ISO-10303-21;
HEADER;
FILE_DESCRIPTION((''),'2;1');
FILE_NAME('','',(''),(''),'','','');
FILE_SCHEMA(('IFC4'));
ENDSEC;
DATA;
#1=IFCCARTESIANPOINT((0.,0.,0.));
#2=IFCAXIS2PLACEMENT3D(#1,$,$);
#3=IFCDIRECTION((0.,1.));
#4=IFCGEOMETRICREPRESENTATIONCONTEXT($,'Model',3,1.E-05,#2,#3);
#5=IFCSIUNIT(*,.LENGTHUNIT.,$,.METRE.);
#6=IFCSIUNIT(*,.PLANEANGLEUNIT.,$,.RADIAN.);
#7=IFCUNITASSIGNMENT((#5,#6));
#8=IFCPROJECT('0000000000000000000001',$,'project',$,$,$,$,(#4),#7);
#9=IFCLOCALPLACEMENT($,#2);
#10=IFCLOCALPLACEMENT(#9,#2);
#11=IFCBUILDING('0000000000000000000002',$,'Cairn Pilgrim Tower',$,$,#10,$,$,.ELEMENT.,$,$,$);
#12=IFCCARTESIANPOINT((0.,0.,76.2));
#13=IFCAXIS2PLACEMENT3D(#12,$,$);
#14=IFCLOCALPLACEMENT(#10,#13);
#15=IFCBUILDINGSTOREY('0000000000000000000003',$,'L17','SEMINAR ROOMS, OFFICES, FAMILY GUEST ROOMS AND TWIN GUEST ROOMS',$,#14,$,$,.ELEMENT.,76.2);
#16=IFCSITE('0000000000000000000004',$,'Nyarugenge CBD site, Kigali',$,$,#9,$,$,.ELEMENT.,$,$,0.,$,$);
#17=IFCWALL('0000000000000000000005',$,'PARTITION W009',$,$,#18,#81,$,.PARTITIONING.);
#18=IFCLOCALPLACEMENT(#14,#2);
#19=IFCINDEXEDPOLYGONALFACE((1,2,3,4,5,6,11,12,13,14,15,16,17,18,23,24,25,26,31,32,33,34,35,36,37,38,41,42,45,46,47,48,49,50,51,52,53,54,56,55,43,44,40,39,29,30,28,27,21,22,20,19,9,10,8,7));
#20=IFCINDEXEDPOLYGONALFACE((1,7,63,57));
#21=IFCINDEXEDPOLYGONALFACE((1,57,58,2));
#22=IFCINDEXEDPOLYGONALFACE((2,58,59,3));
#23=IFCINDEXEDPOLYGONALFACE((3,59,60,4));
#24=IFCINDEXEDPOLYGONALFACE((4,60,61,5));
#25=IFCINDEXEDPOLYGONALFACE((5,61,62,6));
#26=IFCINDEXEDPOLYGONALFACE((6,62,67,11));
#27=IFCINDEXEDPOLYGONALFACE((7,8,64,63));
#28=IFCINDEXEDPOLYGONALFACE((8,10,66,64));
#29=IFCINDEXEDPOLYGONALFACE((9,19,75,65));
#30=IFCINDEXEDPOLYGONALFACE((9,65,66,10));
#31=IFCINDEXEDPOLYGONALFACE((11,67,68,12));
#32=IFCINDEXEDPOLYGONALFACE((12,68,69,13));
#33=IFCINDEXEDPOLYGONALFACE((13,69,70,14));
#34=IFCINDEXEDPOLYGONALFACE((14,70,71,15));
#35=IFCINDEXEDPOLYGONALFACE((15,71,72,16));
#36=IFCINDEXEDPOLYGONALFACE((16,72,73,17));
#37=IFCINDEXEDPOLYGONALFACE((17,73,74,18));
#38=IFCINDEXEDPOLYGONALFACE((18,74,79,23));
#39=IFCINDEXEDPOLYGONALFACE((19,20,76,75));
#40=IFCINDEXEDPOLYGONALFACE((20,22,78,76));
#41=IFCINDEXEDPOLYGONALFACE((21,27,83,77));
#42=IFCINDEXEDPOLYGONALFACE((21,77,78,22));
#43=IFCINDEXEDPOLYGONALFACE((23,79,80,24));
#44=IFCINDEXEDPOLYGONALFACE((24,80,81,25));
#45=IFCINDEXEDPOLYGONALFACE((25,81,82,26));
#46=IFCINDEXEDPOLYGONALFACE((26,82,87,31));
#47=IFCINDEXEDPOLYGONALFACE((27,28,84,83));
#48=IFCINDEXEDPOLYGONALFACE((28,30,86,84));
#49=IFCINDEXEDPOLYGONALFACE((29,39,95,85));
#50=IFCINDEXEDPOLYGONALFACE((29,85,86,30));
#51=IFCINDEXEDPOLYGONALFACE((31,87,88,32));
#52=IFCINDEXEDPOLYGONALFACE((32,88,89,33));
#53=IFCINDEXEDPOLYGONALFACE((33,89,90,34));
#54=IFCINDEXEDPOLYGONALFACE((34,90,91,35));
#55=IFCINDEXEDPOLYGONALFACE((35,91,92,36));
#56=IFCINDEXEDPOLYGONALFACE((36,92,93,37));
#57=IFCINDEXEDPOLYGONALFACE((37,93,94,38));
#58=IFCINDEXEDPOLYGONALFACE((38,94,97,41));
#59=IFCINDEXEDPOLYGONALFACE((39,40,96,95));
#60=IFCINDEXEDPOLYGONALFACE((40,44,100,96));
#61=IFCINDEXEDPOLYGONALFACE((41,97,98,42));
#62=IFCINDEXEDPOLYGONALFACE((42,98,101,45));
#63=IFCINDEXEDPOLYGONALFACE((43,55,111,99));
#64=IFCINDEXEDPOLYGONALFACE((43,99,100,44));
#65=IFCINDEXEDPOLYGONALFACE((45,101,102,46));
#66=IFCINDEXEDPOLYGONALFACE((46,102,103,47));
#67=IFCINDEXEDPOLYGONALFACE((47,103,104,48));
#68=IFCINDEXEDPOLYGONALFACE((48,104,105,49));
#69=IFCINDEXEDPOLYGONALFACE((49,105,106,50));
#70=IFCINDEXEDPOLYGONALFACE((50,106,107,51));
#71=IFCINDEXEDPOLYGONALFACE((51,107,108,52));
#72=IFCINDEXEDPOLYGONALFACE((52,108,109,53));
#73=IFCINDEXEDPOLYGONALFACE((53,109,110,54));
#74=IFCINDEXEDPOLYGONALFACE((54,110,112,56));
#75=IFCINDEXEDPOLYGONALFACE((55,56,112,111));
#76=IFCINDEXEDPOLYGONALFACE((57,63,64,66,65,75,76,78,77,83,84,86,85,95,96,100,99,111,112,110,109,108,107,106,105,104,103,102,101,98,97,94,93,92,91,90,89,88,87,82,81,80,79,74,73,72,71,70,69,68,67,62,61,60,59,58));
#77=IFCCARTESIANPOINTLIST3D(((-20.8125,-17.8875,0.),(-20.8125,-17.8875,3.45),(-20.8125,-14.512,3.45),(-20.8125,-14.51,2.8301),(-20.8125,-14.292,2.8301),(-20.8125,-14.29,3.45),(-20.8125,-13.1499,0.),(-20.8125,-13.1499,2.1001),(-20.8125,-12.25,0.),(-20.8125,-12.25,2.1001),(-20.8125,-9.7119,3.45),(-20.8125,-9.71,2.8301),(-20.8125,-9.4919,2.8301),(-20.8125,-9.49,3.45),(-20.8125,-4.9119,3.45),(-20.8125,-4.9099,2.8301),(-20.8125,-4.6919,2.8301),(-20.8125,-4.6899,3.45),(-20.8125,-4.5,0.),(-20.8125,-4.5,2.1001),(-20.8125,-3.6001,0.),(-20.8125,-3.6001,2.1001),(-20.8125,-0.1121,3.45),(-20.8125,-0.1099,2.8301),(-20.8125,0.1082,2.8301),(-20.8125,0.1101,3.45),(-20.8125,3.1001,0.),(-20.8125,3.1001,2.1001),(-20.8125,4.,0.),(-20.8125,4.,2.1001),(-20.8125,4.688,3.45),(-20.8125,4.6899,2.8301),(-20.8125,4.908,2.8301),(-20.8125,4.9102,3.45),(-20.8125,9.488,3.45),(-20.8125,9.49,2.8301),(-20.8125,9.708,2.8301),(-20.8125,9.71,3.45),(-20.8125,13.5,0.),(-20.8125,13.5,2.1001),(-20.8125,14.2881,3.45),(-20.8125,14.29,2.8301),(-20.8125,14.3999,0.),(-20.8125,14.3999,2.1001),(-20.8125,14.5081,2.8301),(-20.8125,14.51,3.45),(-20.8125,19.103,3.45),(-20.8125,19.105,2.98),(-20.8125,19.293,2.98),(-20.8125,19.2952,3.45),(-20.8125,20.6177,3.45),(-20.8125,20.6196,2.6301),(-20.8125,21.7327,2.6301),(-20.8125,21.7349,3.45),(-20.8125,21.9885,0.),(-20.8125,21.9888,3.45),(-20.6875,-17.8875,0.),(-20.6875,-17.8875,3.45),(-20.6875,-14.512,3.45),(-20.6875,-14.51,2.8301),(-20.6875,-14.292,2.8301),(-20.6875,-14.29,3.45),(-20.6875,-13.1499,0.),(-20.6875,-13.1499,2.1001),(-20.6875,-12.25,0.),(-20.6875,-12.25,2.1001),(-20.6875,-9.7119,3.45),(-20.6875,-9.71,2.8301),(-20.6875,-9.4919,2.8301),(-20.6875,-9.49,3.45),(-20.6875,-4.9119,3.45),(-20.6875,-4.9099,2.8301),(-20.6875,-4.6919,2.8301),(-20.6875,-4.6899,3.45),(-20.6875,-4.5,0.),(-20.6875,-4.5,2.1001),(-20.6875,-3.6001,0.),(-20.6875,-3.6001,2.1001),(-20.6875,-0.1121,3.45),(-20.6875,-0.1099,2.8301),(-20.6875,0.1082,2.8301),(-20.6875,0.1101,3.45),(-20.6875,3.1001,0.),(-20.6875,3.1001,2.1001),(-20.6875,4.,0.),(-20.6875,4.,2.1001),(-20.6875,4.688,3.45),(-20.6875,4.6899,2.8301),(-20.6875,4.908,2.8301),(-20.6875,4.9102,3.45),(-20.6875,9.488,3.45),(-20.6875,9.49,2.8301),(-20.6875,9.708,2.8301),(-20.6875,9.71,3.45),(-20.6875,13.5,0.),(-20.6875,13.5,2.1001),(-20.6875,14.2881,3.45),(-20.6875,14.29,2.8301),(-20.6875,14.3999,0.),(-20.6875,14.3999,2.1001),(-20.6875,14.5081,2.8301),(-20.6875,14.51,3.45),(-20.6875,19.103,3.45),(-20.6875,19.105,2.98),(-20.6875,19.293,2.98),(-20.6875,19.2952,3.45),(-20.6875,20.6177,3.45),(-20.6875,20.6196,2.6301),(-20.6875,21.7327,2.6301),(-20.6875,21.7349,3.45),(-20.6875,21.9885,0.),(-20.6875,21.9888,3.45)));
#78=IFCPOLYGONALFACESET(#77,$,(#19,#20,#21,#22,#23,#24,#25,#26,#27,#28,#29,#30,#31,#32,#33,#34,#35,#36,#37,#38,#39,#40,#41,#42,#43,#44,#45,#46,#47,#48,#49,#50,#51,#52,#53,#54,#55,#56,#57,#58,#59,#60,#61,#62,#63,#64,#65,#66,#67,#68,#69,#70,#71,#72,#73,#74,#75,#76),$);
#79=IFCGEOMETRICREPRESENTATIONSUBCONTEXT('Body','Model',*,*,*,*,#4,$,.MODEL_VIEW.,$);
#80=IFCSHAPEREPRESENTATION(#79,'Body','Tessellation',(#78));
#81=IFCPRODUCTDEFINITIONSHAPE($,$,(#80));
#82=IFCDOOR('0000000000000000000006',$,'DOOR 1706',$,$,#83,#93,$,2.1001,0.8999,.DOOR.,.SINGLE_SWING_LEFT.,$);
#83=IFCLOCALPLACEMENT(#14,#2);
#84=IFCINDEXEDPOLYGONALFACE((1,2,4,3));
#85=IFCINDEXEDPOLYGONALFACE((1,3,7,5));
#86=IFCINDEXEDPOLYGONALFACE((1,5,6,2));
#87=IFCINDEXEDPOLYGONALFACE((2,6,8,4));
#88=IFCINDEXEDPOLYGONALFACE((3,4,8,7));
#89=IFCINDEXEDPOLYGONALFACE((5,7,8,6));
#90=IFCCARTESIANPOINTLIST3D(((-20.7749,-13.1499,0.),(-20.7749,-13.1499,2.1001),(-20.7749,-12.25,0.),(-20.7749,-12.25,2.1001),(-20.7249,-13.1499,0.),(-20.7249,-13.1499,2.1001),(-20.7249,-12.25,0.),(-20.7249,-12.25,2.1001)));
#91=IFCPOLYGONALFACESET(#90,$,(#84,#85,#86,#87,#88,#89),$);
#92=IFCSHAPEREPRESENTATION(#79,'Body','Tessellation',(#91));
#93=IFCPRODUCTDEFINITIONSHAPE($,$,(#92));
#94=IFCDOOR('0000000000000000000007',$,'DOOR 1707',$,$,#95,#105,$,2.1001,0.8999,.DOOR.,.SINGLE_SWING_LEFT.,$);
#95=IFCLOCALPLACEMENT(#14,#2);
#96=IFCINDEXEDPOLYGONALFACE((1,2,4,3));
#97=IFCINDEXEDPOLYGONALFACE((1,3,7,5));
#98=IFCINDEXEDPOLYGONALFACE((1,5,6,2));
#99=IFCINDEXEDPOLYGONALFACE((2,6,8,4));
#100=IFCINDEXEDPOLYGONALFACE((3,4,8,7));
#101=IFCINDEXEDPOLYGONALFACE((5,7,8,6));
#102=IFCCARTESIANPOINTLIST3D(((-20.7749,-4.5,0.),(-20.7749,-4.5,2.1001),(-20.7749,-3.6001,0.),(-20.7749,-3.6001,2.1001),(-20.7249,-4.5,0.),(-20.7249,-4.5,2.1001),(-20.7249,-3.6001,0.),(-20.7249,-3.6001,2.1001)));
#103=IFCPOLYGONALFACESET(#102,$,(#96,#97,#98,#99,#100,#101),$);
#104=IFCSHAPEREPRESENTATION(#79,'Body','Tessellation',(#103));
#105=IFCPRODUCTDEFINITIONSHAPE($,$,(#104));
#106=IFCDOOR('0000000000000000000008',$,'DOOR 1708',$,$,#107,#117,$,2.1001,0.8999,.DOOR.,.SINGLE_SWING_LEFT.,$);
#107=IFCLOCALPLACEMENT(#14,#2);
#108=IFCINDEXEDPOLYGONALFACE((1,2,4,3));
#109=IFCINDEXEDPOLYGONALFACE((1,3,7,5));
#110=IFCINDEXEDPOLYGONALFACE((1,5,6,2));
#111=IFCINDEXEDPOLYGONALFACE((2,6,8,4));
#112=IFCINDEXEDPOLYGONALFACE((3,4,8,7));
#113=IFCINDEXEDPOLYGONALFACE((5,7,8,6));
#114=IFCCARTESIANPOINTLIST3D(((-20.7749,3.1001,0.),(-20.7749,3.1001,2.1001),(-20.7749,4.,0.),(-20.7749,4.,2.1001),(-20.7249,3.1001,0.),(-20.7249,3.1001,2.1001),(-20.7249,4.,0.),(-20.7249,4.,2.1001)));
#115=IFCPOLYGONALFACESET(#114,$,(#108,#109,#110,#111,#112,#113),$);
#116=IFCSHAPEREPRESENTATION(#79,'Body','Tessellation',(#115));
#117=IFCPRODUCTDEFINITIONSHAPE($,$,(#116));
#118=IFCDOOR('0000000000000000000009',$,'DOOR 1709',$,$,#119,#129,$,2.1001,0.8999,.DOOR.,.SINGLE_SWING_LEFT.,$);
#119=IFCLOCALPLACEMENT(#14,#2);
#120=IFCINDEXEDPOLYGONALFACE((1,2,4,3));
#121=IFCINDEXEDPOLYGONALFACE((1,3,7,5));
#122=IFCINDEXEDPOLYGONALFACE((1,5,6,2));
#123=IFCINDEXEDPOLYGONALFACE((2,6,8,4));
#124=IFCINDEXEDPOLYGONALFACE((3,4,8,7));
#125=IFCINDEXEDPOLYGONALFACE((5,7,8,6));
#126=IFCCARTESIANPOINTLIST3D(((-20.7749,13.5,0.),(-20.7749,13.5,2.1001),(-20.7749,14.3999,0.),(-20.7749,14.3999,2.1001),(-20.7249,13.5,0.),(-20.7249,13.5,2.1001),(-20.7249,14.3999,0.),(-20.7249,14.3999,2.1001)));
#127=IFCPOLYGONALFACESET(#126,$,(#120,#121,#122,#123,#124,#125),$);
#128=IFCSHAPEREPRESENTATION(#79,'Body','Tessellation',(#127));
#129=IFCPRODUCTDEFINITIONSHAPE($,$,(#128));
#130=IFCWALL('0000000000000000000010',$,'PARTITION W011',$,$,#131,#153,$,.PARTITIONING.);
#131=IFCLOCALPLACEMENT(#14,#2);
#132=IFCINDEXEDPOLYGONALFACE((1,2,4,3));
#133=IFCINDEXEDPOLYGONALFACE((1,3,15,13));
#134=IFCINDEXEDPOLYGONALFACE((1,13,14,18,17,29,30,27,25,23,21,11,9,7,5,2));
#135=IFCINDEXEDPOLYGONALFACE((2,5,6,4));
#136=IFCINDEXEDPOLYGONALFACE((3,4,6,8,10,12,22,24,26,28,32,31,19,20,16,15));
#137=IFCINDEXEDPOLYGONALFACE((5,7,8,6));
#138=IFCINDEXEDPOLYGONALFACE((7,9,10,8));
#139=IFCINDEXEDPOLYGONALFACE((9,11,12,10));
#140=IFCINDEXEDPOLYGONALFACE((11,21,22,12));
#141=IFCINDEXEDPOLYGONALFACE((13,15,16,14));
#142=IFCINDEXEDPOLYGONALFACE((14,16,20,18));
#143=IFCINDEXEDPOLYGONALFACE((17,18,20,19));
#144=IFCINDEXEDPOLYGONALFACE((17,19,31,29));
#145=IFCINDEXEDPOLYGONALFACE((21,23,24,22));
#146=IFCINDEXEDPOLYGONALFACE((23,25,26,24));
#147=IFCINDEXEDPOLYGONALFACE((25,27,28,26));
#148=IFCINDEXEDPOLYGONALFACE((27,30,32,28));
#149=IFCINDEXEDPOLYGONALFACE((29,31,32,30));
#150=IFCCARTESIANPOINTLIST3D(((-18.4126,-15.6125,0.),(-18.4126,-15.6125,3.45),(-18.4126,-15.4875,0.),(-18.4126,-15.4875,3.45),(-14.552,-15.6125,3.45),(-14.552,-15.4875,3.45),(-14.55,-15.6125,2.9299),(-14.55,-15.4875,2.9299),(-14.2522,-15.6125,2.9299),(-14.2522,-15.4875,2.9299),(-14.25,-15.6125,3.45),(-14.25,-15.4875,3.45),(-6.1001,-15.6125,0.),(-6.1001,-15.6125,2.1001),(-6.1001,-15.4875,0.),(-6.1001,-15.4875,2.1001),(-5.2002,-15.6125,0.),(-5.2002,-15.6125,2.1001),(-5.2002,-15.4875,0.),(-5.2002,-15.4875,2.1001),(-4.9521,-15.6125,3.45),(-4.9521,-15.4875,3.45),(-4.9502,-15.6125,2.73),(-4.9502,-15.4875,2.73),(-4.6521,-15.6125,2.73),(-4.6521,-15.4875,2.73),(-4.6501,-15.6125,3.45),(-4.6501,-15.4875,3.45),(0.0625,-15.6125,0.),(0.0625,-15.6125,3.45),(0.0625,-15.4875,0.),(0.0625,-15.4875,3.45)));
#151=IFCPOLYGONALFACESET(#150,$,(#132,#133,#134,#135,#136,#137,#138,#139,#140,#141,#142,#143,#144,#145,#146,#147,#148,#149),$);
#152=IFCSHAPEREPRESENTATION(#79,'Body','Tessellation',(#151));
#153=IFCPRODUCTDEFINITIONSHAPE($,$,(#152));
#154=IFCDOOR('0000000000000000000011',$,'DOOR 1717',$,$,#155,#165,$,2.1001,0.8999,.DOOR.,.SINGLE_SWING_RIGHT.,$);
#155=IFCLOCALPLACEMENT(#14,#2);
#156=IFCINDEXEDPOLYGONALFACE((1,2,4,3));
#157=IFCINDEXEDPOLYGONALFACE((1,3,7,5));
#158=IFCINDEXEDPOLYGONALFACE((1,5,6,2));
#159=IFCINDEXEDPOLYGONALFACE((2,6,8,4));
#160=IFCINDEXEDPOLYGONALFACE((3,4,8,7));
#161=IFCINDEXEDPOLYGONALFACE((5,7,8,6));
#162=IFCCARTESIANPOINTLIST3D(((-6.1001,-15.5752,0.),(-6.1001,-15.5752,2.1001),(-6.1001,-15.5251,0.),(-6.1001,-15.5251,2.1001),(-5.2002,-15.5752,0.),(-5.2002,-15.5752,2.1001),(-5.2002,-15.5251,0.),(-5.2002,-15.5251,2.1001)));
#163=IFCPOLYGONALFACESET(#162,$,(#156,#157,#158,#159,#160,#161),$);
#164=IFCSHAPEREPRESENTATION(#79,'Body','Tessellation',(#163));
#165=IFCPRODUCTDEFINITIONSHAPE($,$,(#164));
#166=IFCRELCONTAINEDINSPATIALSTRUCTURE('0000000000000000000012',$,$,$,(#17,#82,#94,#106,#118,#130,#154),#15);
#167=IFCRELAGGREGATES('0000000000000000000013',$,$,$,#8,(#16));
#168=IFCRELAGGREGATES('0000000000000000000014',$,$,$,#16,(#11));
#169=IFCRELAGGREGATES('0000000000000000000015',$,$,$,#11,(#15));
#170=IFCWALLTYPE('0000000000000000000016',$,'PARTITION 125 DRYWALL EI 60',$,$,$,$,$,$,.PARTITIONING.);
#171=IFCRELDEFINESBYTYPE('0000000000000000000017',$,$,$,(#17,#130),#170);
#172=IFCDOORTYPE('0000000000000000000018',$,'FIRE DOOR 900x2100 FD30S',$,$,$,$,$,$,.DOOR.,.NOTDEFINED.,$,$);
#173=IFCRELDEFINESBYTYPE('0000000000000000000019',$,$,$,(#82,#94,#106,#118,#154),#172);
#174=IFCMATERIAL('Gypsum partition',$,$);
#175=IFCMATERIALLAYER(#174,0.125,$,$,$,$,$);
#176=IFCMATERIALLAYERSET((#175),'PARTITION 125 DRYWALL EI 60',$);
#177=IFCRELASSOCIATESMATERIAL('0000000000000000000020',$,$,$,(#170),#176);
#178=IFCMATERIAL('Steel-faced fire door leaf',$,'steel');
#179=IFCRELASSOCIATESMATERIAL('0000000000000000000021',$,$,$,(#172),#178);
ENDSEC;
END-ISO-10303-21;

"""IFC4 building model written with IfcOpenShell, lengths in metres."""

from ifc_helpers import new_model, si_unit, direction, frame, frame_2d, origin, place, context, subcontext, project, spatial, polyline, rectangle, outline, extrude, material, layer, layer_set, type_object, element, fill, save


model = new_model("IFC4")

# Units and contexts
model_context = context("Model", 3, precision=1e-05, world=origin(), true_north=direction((0.0, 1.0)))
body_context = subcontext(model_context, "Body", "Model", "MODEL_VIEW")
ifc_project = project(units=[si_unit("LENGTHUNIT", "METRE"), si_unit("PLANEANGLEUNIT", "RADIAN")], contexts=[model_context])

# Site, building, storey
site_placement = place(None, origin())
site = spatial("IfcSite", under=ifc_project, at=site_placement, Name="Nyarugenge CBD site, Kigali", CompositionType="ELEMENT", RefElevation=0.0)
building_placement = place(site_placement, origin())
building = spatial("IfcBuilding", under=site, at=building_placement, Name="Cairn Pilgrim Tower", CompositionType="ELEMENT")
storey_placement = place(building_placement, frame((0.0, 0.0, 76.2)))
storey = spatial("IfcBuildingStorey", under=building, at=storey_placement, Name="L17", Description="SEMINAR ROOMS, OFFICES, FAMILY GUEST ROOMS AND TWIN GUEST ROOMS", CompositionType="ELEMENT", Elevation=76.2)

# Wall, openings, doors
ifc_material_1 = material(Name="Gypsum partition")
ifc_layer_1 = layer(ifc_material_1, 0.125)
ifc_layer_set_1 = layer_set([ifc_layer_1], Name="PARTITION 125 DRYWALL EI 60")
wall_type_1 = type_object("IfcWallType", Name="PARTITION 125 DRYWALL EI 60", PredefinedType="PARTITIONING", material=ifc_layer_set_1)
ifc_material_2 = material(Name="Steel-faced fire door leaf", Category="steel")
door_type_1 = type_object("IfcDoorType", Name="FIRE DOOR 900x2100 FD30S", OperationType="NOTDEFINED", PredefinedType="DOOR", material=ifc_material_2)
wall_1_placement = place(storey_placement, frame((-20.75, -17.8875, 0.0), z_axis=(0.0, 0.0, 1.0), x_axis=(0.0, 1.0, 0.0)))
wall_1 = element("IfcWall", 1, at=wall_1_placement, inside=storey, type_object=wall_type_1, Name="PARTITION W009", PredefinedType="PARTITIONING", context=body_context, shape_type="SweptSolid", body=[
    extrude(outline(polyline([(0.0, 0.0), (39.876, 0.0), (39.8762, 3.45), (39.6223, 3.45), (39.6201, 2.6301), (38.5071, 2.6301), (38.5051, 3.45), (37.1826, 3.45), (37.1804, 2.98), (36.9924, 2.98), (36.9905, 3.45), (32.3975, 3.45), (32.3955, 2.8301), (32.1775, 2.8301), (32.1755, 3.45), (27.5974, 3.45), (27.5955, 2.8301), (27.3774, 2.8301), (27.3755, 3.45), (22.7976, 3.45), (22.7954, 2.8301), (22.5774, 2.8301), (22.5754, 3.45), (17.9976, 3.45), (17.9956, 2.8301), (17.7776, 2.8301), (17.7754, 3.45), (13.1975, 3.45), (13.1956, 2.8301), (12.9775, 2.8301), (12.9756, 3.45), (8.3975, 3.45), (8.3955, 2.8301), (8.1775, 2.8301), (8.1755, 3.45), (3.5974, 3.45), (3.5955, 2.8301), (3.3774, 2.8301), (3.3755, 3.45), (0.0, 3.45), (0.0, 0.0)])), frame((0.0, 0.0625, 0.0), z_axis=(0.0, -1.0, 0.0), x_axis=(1.0, 0.0, 0.0)), (0.0, 0.0, 1.0), 0.125),
])
opening_1_placement = place(wall_1_placement, frame((4.7375, 0.0, 0.0)))
opening_1 = element("IfcOpeningElement", 2, at=opening_1_placement, cuts=wall_1, PredefinedType="OPENING", context=body_context, shape_type="SweptSolid", body=[
    extrude(rectangle(XDim=0.8999, YDim=2.1001, at=frame_2d((0.45, 1.05))), frame((0.0, 0.0725, 0.0), z_axis=(0.0, -1.0, 0.0), x_axis=(1.0, 0.0, 0.0)), (0.0, 0.0, 1.0), 0.145),
])
opening_2_placement = place(wall_1_placement, frame((13.3875, 0.0, 0.0)))
opening_2 = element("IfcOpeningElement", 3, at=opening_2_placement, cuts=wall_1, PredefinedType="OPENING", context=body_context, shape_type="SweptSolid", body=[
    extrude(rectangle(XDim=0.8999, YDim=2.1001, at=frame_2d((0.45, 1.05))), frame((0.0, 0.0725, 0.0), z_axis=(0.0, -1.0, 0.0), x_axis=(1.0, 0.0, 0.0)), (0.0, 0.0, 1.0), 0.145),
])
opening_3_placement = place(wall_1_placement, frame((20.9875, 0.0, 0.0)))
opening_3 = element("IfcOpeningElement", 4, at=opening_3_placement, cuts=wall_1, PredefinedType="OPENING", context=body_context, shape_type="SweptSolid", body=[
    extrude(rectangle(XDim=0.8999, YDim=2.1001, at=frame_2d((0.45, 1.05))), frame((0.0, 0.0725, 0.0), z_axis=(0.0, -1.0, 0.0), x_axis=(1.0, 0.0, 0.0)), (0.0, 0.0, 1.0), 0.145),
])
opening_4_placement = place(wall_1_placement, frame((31.3875, 0.0, 0.0)))
opening_4 = element("IfcOpeningElement", 5, at=opening_4_placement, cuts=wall_1, PredefinedType="OPENING", context=body_context, shape_type="SweptSolid", body=[
    extrude(rectangle(XDim=0.8999, YDim=2.1001, at=frame_2d((0.45, 1.05))), frame((0.0, 0.0725, 0.0), z_axis=(0.0, -1.0, 0.0), x_axis=(1.0, 0.0, 0.0)), (0.0, 0.0, 1.0), 0.145),
])
door_1_placement = place(opening_1_placement, origin())
door_1 = element("IfcDoor", 6, at=door_1_placement, inside=storey, type_object=door_type_1, Name="DOOR 1706", OperationType="SINGLE_SWING_LEFT", OverallHeight=2.1001, OverallWidth=0.8999, PredefinedType="DOOR", context=body_context, shape_type="SweptSolid", body=[
    extrude(rectangle(XDim=0.8999, YDim=2.1001, at=frame_2d((0.45, 1.05))), frame((0.0, 0.0249, 0.0), z_axis=(0.0, -1.0, 0.0), x_axis=(1.0, 0.0, 0.0)), (0.0, 0.0, 1.0), 0.05),
])
fill(opening_1, door_1)
door_2_placement = place(opening_2_placement, origin())
door_2 = element("IfcDoor", 7, at=door_2_placement, inside=storey, type_object=door_type_1, Name="DOOR 1707", OperationType="SINGLE_SWING_LEFT", OverallHeight=2.1001, OverallWidth=0.8999, PredefinedType="DOOR", context=body_context, shape_type="SweptSolid", body=[
    extrude(rectangle(XDim=0.8999, YDim=2.1001, at=frame_2d((0.45, 1.05))), frame((0.0, 0.0249, 0.0), z_axis=(0.0, -1.0, 0.0), x_axis=(1.0, 0.0, 0.0)), (0.0, 0.0, 1.0), 0.05),
])
fill(opening_2, door_2)
door_3_placement = place(opening_3_placement, origin())
door_3 = element("IfcDoor", 8, at=door_3_placement, inside=storey, type_object=door_type_1, Name="DOOR 1708", OperationType="SINGLE_SWING_LEFT", OverallHeight=2.1001, OverallWidth=0.8999, PredefinedType="DOOR", context=body_context, shape_type="SweptSolid", body=[
    extrude(rectangle(XDim=0.8999, YDim=2.1001, at=frame_2d((0.45, 1.05))), frame((0.0, 0.0249, 0.0), z_axis=(0.0, -1.0, 0.0), x_axis=(1.0, 0.0, 0.0)), (0.0, 0.0, 1.0), 0.05),
])
fill(opening_3, door_3)
door_4_placement = place(opening_4_placement, origin())
door_4 = element("IfcDoor", 9, at=door_4_placement, inside=storey, type_object=door_type_1, Name="DOOR 1709", OperationType="SINGLE_SWING_LEFT", OverallHeight=2.1001, OverallWidth=0.8999, PredefinedType="DOOR", context=body_context, shape_type="SweptSolid", body=[
    extrude(rectangle(XDim=0.8999, YDim=2.1001, at=frame_2d((0.45, 1.05))), frame((0.0, 0.0249, 0.0), z_axis=(0.0, -1.0, 0.0), x_axis=(1.0, 0.0, 0.0)), (0.0, 0.0, 1.0), 0.05),
])
fill(opening_4, door_4)

# Wall, opening, door
wall_2_placement = place(storey_placement, frame((-18.4126, -15.55, 0.0), z_axis=(0.0, 0.0, 1.0), x_axis=(1.0, 0.0, 0.0)))
wall_2 = element("IfcWall", 10, at=wall_2_placement, inside=storey, type_object=wall_type_1, Name="PARTITION W011", PredefinedType="PARTITIONING", context=body_context, shape_type="SweptSolid", body=[
    extrude(outline(polyline([(0.0, 0.0), (18.4751, 0.0), (18.4751, 3.45), (13.7625, 3.45), (13.7605, 2.73), (13.4624, 2.73), (13.4604, 3.45), (4.1626, 3.45), (4.1604, 2.9299), (3.8625, 2.9299), (3.8606, 3.45), (0.0, 3.45), (0.0, 0.0)])), frame((0.0, 0.0625, 0.0), z_axis=(0.0, -1.0, 0.0), x_axis=(1.0, 0.0, 0.0)), (0.0, 0.0, 1.0), 0.125),
])
opening_5_placement = place(wall_2_placement, frame((12.3125, 0.0, 0.0)))
opening_5 = element("IfcOpeningElement", 11, at=opening_5_placement, cuts=wall_2, PredefinedType="OPENING", context=body_context, shape_type="SweptSolid", body=[
    extrude(rectangle(XDim=0.8999, YDim=2.1001, at=frame_2d((0.45, 1.05))), frame((0.0, 0.0725, 0.0), z_axis=(0.0, -1.0, 0.0), x_axis=(1.0, 0.0, 0.0)), (0.0, 0.0, 1.0), 0.145),
])
door_5_placement = place(opening_5_placement, origin())
door_5 = element("IfcDoor", 12, at=door_5_placement, inside=storey, type_object=door_type_1, Name="DOOR 1717", OperationType="SINGLE_SWING_RIGHT", OverallHeight=2.1001, OverallWidth=0.8999, PredefinedType="DOOR", context=body_context, shape_type="SweptSolid", body=[
    extrude(rectangle(XDim=0.8999, YDim=2.1001, at=frame_2d((0.45, 1.05))), frame((0.0, 0.0249, 0.0), z_axis=(0.0, -1.0, 0.0), x_axis=(1.0, 0.0, 0.0)), (0.0, 0.0, 1.0), 0.05),
])
fill(opening_5, door_5)

save(model, "model.ifc")
